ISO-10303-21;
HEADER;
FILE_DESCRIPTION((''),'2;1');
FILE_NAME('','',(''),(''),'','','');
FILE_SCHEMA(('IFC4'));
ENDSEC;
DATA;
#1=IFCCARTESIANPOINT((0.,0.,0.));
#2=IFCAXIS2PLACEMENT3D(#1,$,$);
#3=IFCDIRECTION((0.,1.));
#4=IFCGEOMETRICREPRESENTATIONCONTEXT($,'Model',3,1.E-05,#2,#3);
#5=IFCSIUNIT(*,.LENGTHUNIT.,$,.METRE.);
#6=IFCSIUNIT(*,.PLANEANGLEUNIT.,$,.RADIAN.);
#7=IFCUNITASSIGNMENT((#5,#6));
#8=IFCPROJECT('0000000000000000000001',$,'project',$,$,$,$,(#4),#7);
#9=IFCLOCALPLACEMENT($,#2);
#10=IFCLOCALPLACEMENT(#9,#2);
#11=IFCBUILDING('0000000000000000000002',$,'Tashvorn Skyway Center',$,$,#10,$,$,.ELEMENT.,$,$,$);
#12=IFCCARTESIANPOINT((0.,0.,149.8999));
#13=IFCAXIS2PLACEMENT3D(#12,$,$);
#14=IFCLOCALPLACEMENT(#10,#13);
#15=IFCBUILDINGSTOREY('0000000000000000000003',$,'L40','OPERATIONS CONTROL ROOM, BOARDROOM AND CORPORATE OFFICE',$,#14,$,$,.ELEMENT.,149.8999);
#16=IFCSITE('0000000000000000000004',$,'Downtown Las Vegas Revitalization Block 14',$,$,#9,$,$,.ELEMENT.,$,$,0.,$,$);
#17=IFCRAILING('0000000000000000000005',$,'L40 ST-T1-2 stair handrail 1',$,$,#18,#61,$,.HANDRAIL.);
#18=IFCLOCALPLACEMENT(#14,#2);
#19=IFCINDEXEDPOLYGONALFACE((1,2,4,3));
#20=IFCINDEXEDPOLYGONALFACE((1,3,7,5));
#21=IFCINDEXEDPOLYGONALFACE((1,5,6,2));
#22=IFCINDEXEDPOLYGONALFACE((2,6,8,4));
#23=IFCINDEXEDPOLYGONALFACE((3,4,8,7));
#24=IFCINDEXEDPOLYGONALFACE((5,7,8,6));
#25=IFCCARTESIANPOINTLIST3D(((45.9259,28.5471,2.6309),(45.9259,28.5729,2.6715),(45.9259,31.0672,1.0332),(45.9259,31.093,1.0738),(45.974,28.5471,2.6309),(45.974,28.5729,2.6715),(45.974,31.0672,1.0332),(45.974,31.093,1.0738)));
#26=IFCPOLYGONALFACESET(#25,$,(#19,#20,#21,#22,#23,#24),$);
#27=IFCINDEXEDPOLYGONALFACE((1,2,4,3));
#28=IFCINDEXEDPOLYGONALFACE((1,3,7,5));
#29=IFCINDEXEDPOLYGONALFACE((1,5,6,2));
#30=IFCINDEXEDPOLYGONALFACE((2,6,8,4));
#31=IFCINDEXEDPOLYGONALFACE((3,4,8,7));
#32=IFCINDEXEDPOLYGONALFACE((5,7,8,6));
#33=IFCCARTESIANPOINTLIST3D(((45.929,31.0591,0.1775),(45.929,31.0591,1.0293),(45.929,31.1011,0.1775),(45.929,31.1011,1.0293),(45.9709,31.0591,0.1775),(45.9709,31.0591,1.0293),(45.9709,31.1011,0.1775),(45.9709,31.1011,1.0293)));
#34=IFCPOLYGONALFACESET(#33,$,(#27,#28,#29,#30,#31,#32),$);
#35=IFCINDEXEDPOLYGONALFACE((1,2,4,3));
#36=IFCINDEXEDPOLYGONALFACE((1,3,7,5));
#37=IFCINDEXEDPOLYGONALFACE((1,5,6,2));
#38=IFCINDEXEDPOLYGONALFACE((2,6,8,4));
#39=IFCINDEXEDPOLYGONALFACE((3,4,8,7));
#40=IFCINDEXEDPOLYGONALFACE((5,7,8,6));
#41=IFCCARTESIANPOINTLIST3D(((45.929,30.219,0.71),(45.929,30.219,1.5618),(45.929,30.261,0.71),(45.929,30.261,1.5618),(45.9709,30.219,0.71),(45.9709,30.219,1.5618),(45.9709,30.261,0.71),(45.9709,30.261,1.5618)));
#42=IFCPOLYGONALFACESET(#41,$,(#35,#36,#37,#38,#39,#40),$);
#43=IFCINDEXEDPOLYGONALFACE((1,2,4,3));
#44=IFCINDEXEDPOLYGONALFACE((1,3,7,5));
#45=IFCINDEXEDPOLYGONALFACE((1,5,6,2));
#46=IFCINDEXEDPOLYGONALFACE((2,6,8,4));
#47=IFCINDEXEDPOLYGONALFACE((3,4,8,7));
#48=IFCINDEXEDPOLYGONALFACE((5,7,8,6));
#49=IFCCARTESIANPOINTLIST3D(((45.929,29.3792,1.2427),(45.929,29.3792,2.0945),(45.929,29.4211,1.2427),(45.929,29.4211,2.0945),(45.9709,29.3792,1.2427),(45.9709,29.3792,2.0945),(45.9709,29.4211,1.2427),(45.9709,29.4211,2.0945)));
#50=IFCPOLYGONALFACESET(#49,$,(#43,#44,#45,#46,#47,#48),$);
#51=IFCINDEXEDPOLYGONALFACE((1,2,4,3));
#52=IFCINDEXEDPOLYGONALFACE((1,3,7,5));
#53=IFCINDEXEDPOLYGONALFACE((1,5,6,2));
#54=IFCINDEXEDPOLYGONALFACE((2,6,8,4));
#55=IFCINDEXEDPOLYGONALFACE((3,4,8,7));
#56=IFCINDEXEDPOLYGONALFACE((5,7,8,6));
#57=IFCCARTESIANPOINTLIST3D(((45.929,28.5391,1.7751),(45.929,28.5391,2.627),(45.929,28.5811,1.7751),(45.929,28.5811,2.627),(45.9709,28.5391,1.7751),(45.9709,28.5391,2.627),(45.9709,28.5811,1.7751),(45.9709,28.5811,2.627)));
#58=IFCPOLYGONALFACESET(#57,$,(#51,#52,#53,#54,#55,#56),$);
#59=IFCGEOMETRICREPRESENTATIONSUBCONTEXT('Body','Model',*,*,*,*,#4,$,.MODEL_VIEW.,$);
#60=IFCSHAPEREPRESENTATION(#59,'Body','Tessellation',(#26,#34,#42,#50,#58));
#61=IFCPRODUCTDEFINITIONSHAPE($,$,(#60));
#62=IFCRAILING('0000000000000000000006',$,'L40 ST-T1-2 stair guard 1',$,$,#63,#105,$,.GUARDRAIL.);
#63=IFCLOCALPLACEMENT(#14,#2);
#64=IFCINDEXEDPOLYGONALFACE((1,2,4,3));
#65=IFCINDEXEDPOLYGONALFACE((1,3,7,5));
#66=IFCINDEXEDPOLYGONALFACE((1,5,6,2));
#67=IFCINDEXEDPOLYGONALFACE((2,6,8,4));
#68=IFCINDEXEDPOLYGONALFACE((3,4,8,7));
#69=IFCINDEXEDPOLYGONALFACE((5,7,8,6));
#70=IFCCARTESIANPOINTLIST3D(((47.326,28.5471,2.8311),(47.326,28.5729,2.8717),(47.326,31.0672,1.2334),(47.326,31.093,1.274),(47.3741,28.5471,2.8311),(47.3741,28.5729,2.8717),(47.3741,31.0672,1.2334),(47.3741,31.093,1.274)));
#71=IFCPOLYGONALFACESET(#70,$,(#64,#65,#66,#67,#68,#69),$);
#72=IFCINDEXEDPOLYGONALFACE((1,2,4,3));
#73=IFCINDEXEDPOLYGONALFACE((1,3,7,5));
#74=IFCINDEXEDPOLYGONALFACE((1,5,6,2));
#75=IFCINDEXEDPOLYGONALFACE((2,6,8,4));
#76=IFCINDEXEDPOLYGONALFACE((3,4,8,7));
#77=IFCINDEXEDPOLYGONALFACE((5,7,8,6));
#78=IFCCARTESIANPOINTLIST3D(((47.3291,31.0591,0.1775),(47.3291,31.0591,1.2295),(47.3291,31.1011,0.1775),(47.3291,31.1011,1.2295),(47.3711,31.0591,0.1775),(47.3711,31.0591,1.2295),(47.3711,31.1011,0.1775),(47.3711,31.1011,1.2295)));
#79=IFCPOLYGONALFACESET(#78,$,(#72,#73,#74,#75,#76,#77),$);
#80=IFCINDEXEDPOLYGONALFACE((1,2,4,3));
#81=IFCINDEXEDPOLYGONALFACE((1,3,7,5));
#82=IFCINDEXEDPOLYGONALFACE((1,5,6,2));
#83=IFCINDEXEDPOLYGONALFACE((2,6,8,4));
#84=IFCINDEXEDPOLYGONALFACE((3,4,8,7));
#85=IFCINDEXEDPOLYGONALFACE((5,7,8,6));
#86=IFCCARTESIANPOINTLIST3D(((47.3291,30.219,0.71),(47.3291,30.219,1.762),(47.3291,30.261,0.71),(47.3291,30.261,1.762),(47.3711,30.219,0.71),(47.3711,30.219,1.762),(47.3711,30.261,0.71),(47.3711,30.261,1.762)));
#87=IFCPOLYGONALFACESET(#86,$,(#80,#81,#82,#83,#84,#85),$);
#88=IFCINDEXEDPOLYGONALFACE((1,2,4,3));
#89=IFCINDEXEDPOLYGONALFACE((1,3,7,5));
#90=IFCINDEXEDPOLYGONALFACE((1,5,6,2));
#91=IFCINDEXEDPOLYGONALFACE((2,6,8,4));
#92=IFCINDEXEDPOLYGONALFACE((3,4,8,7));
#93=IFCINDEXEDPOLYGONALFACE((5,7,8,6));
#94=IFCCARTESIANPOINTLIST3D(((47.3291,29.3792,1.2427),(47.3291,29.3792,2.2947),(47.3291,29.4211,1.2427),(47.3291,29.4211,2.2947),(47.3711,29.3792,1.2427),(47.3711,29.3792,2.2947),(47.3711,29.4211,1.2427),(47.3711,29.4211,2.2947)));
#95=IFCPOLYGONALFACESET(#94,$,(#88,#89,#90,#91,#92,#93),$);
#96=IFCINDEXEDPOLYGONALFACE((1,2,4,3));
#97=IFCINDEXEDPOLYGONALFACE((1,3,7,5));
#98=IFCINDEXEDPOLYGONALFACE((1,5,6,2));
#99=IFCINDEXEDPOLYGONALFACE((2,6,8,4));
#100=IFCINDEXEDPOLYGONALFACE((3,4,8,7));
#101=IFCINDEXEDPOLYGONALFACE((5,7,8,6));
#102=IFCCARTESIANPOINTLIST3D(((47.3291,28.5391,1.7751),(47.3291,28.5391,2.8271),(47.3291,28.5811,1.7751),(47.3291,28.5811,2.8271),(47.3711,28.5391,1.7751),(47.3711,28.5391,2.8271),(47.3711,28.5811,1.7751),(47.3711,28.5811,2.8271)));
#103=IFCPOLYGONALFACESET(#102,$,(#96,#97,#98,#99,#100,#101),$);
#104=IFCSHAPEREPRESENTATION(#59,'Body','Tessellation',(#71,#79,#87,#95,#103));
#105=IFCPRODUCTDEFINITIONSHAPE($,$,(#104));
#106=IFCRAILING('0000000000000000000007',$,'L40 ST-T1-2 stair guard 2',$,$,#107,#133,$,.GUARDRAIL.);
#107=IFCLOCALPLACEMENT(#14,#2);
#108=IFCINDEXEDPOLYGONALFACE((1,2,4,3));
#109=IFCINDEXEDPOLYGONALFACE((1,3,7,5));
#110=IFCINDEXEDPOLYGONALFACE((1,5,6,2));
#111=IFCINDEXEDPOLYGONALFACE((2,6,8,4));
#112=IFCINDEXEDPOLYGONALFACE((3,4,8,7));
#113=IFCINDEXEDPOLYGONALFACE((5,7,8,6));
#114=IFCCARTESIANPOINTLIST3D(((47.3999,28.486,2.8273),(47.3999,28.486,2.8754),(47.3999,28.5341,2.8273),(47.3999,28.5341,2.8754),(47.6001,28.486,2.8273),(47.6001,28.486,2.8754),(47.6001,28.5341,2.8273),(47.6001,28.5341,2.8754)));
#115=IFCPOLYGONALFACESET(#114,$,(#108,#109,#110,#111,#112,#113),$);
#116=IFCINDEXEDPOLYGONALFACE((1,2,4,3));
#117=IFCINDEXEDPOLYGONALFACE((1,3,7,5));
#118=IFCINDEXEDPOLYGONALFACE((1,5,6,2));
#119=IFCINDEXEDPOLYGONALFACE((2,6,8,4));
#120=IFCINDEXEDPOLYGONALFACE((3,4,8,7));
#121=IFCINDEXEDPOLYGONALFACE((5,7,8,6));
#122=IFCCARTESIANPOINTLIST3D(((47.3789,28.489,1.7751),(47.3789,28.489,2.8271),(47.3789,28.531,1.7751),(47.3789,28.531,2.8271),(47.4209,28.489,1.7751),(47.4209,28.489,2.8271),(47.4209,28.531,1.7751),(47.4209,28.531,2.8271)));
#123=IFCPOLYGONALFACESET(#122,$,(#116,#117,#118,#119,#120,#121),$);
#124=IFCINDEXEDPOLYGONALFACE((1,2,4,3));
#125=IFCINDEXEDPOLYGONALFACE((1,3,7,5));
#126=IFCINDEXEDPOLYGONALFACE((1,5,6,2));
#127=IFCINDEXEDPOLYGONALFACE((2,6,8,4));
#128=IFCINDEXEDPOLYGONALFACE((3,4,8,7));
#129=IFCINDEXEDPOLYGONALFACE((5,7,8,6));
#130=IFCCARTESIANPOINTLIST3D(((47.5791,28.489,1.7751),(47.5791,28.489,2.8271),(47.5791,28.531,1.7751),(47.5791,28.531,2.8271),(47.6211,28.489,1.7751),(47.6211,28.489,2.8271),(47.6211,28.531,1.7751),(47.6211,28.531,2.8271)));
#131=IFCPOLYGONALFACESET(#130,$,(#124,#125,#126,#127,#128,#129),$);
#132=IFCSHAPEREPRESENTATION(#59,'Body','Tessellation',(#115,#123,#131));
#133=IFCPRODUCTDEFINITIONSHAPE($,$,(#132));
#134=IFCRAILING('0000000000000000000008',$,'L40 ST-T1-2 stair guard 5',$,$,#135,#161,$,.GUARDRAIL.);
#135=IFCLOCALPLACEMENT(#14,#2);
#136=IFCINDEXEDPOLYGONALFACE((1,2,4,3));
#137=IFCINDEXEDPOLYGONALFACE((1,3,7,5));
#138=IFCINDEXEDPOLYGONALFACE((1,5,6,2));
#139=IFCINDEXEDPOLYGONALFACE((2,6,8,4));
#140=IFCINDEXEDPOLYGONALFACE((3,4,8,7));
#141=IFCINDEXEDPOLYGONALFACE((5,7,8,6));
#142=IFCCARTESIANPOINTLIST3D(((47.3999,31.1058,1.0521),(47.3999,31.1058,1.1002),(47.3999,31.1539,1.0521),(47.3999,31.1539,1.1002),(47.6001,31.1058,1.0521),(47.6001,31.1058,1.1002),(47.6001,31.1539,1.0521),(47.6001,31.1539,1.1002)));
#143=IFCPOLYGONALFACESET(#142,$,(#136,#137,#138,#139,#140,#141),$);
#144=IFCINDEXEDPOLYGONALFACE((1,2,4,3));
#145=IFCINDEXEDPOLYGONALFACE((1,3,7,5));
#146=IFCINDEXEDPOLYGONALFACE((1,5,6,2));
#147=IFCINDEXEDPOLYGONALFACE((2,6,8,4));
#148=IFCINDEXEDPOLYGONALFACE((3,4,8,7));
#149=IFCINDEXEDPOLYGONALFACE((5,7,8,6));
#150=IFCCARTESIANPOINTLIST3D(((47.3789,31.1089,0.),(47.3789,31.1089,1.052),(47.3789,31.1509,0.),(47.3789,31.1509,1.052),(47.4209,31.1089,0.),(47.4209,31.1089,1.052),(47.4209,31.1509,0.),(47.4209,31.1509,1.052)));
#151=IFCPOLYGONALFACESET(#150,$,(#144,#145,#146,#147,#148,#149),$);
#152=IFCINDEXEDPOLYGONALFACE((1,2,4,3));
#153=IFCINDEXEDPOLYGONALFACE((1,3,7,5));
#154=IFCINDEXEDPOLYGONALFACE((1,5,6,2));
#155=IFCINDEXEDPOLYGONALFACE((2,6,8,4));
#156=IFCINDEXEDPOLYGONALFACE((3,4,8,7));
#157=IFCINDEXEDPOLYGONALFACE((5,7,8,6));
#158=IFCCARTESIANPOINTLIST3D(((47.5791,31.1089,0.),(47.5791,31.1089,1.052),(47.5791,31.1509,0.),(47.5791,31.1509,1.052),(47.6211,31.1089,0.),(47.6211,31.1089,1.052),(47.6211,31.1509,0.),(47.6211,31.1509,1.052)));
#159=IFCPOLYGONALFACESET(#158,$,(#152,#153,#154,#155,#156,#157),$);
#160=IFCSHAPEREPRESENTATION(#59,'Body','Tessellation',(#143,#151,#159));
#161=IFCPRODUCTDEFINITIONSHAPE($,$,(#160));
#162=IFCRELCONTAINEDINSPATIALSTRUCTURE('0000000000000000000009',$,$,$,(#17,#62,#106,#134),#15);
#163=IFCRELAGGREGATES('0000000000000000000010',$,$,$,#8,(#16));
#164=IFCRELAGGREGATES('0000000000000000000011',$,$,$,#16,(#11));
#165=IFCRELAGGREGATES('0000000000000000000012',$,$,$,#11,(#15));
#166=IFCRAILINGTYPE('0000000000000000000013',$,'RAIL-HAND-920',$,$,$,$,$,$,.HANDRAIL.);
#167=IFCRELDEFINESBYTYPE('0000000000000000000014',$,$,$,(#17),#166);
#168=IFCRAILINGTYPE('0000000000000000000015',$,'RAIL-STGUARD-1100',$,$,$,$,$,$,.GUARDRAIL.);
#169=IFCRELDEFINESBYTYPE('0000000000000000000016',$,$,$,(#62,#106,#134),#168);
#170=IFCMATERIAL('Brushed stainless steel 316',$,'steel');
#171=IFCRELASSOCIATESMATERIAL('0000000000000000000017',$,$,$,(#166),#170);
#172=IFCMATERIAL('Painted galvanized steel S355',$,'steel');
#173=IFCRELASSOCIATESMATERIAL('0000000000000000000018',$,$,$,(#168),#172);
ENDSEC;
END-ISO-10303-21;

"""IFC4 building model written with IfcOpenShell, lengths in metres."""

from ifc_helpers import new_model, si_unit, direction, frame, origin, origin_2d, place, context, subcontext, project, spatial, rectangle, extrude, material, type_object, element, save


model = new_model("IFC4")

# Units and contexts
model_context = context("Model", 3, precision=1e-05, world=origin(), true_north=direction((0.0, 1.0)))
body_context = subcontext(model_context, "Body", "Model", "MODEL_VIEW")
ifc_project = project(units=[si_unit("LENGTHUNIT", "METRE"), si_unit("PLANEANGLEUNIT", "RADIAN")], contexts=[model_context])

# Site, building, storey
site_placement = place(None, origin())
site = spatial("IfcSite", under=ifc_project, at=site_placement, Name="Downtown Las Vegas Revitalization Block 14", CompositionType="ELEMENT", RefElevation=0.0)
building_placement = place(site_placement, origin())
building = spatial("IfcBuilding", under=site, at=building_placement, Name="Tashvorn Skyway Center", CompositionType="ELEMENT")
storey_placement = place(building_placement, frame((0.0, 0.0, 149.8999)))
storey = spatial("IfcBuildingStorey", under=building, at=storey_placement, Name="L40", Description="OPERATIONS CONTROL ROOM, BOARDROOM AND CORPORATE OFFICE", CompositionType="ELEMENT", Elevation=149.8999)

# Railings
ifc_material_1 = material(Name="Brushed stainless steel 316", Category="steel")
railing_type_1 = type_object("IfcRailingType", Name="RAIL-HAND-920", PredefinedType="HANDRAIL", material=ifc_material_1)
railing_1_placement = place(storey_placement, frame((45.95, 31.0801, 0.1775)))
element("IfcRailing", 1, at=railing_1_placement, inside=storey, type_object=railing_type_1, Name="L40 ST-T1-2 stair handrail 1", PredefinedType="HANDRAIL", context=body_context, shape_type="SweptSolid", body=[
    extrude(rectangle(XDim=0.0481, YDim=0.0481, at=origin_2d()), frame((0.0, 0.0, 0.876), z_axis=(0.0, -0.84457, 0.535445), x_axis=(1.0, 0.0, 0.0)), (0.0, 0.0, 1.0), 2.9839),
    extrude(rectangle(XDim=0.042, YDim=0.042, at=origin_2d()), origin(), (0.0, 0.0, 1.0), 0.8518),
    extrude(rectangle(XDim=0.042, YDim=0.042, at=origin_2d()), frame((0.0, -0.8401, 0.5325)), (0.0, 0.0, 1.0), 0.8518),
    extrude(rectangle(XDim=0.042, YDim=0.042, at=origin_2d()), frame((0.0, -1.6799, 1.0652)), (0.0, 0.0, 1.0), 0.8518),
    extrude(rectangle(XDim=0.042, YDim=0.042, at=origin_2d()), frame((0.0, -2.52, 1.5977)), (0.0, 0.0, 1.0), 0.8518),
])
ifc_material_2 = material(Name="Painted galvanized steel S355", Category="steel")
railing_type_2 = type_object("IfcRailingType", Name="RAIL-STGUARD-1100", PredefinedType="GUARDRAIL", material=ifc_material_2)
railing_2_placement = place(storey_placement, frame((47.3501, 31.0801, 0.1775)))
element("IfcRailing", 2, at=railing_2_placement, inside=storey, type_object=railing_type_2, Name="L40 ST-T1-2 stair guard 1", PredefinedType="GUARDRAIL", context=body_context, shape_type="SweptSolid", body=[
    extrude(rectangle(XDim=0.0481, YDim=0.0481, at=origin_2d()), frame((0.0, 0.0, 1.0762), z_axis=(0.0, -0.84457, 0.535445), x_axis=(1.0, 0.0, 0.0)), (0.0, 0.0, 1.0), 2.9839),
    extrude(rectangle(XDim=0.042, YDim=0.042, at=origin_2d()), origin(), (0.0, 0.0, 1.0), 1.052),
    extrude(rectangle(XDim=0.042, YDim=0.042, at=origin_2d()), frame((0.0, -0.8401, 0.5325)), (0.0, 0.0, 1.0), 1.052),
    extrude(rectangle(XDim=0.042, YDim=0.042, at=origin_2d()), frame((0.0, -1.6799, 1.0652)), (0.0, 0.0, 1.0), 1.052),
    extrude(rectangle(XDim=0.042, YDim=0.042, at=origin_2d()), frame((0.0, -2.52, 1.5977)), (0.0, 0.0, 1.0), 1.052),
])
for number, where, name in (
    (3, (47.3999, 28.51, 1.7751), "L40 ST-T1-2 stair guard 2"),
    (4, (47.3999, 31.1299, 0.0), "L40 ST-T1-2 stair guard 5"),
):
    element("IfcRailing", number, at=place(storey_placement, frame(where)), inside=storey, type_object=railing_type_2, Name=name, PredefinedType="GUARDRAIL", context=body_context, shape_type="SweptSolid", body=[
        extrude(rectangle(XDim=0.0481, YDim=0.0481, at=origin_2d()), frame((0.0, 0.0, 1.0762), z_axis=(1.0, 0.0, 0.0), x_axis=(0.0, 1.0, 0.0)), (0.0, 0.0, 1.0), 0.2002),
        extrude(rectangle(XDim=0.042, YDim=0.042, at=origin_2d()), origin(), (0.0, 0.0, 1.0), 1.052),
        extrude(rectangle(XDim=0.042, YDim=0.042, at=origin_2d()), frame((0.2002, 0.0, 0.0)), (0.0, 0.0, 1.0), 1.052),
    ])

save(model, "model.ifc")
